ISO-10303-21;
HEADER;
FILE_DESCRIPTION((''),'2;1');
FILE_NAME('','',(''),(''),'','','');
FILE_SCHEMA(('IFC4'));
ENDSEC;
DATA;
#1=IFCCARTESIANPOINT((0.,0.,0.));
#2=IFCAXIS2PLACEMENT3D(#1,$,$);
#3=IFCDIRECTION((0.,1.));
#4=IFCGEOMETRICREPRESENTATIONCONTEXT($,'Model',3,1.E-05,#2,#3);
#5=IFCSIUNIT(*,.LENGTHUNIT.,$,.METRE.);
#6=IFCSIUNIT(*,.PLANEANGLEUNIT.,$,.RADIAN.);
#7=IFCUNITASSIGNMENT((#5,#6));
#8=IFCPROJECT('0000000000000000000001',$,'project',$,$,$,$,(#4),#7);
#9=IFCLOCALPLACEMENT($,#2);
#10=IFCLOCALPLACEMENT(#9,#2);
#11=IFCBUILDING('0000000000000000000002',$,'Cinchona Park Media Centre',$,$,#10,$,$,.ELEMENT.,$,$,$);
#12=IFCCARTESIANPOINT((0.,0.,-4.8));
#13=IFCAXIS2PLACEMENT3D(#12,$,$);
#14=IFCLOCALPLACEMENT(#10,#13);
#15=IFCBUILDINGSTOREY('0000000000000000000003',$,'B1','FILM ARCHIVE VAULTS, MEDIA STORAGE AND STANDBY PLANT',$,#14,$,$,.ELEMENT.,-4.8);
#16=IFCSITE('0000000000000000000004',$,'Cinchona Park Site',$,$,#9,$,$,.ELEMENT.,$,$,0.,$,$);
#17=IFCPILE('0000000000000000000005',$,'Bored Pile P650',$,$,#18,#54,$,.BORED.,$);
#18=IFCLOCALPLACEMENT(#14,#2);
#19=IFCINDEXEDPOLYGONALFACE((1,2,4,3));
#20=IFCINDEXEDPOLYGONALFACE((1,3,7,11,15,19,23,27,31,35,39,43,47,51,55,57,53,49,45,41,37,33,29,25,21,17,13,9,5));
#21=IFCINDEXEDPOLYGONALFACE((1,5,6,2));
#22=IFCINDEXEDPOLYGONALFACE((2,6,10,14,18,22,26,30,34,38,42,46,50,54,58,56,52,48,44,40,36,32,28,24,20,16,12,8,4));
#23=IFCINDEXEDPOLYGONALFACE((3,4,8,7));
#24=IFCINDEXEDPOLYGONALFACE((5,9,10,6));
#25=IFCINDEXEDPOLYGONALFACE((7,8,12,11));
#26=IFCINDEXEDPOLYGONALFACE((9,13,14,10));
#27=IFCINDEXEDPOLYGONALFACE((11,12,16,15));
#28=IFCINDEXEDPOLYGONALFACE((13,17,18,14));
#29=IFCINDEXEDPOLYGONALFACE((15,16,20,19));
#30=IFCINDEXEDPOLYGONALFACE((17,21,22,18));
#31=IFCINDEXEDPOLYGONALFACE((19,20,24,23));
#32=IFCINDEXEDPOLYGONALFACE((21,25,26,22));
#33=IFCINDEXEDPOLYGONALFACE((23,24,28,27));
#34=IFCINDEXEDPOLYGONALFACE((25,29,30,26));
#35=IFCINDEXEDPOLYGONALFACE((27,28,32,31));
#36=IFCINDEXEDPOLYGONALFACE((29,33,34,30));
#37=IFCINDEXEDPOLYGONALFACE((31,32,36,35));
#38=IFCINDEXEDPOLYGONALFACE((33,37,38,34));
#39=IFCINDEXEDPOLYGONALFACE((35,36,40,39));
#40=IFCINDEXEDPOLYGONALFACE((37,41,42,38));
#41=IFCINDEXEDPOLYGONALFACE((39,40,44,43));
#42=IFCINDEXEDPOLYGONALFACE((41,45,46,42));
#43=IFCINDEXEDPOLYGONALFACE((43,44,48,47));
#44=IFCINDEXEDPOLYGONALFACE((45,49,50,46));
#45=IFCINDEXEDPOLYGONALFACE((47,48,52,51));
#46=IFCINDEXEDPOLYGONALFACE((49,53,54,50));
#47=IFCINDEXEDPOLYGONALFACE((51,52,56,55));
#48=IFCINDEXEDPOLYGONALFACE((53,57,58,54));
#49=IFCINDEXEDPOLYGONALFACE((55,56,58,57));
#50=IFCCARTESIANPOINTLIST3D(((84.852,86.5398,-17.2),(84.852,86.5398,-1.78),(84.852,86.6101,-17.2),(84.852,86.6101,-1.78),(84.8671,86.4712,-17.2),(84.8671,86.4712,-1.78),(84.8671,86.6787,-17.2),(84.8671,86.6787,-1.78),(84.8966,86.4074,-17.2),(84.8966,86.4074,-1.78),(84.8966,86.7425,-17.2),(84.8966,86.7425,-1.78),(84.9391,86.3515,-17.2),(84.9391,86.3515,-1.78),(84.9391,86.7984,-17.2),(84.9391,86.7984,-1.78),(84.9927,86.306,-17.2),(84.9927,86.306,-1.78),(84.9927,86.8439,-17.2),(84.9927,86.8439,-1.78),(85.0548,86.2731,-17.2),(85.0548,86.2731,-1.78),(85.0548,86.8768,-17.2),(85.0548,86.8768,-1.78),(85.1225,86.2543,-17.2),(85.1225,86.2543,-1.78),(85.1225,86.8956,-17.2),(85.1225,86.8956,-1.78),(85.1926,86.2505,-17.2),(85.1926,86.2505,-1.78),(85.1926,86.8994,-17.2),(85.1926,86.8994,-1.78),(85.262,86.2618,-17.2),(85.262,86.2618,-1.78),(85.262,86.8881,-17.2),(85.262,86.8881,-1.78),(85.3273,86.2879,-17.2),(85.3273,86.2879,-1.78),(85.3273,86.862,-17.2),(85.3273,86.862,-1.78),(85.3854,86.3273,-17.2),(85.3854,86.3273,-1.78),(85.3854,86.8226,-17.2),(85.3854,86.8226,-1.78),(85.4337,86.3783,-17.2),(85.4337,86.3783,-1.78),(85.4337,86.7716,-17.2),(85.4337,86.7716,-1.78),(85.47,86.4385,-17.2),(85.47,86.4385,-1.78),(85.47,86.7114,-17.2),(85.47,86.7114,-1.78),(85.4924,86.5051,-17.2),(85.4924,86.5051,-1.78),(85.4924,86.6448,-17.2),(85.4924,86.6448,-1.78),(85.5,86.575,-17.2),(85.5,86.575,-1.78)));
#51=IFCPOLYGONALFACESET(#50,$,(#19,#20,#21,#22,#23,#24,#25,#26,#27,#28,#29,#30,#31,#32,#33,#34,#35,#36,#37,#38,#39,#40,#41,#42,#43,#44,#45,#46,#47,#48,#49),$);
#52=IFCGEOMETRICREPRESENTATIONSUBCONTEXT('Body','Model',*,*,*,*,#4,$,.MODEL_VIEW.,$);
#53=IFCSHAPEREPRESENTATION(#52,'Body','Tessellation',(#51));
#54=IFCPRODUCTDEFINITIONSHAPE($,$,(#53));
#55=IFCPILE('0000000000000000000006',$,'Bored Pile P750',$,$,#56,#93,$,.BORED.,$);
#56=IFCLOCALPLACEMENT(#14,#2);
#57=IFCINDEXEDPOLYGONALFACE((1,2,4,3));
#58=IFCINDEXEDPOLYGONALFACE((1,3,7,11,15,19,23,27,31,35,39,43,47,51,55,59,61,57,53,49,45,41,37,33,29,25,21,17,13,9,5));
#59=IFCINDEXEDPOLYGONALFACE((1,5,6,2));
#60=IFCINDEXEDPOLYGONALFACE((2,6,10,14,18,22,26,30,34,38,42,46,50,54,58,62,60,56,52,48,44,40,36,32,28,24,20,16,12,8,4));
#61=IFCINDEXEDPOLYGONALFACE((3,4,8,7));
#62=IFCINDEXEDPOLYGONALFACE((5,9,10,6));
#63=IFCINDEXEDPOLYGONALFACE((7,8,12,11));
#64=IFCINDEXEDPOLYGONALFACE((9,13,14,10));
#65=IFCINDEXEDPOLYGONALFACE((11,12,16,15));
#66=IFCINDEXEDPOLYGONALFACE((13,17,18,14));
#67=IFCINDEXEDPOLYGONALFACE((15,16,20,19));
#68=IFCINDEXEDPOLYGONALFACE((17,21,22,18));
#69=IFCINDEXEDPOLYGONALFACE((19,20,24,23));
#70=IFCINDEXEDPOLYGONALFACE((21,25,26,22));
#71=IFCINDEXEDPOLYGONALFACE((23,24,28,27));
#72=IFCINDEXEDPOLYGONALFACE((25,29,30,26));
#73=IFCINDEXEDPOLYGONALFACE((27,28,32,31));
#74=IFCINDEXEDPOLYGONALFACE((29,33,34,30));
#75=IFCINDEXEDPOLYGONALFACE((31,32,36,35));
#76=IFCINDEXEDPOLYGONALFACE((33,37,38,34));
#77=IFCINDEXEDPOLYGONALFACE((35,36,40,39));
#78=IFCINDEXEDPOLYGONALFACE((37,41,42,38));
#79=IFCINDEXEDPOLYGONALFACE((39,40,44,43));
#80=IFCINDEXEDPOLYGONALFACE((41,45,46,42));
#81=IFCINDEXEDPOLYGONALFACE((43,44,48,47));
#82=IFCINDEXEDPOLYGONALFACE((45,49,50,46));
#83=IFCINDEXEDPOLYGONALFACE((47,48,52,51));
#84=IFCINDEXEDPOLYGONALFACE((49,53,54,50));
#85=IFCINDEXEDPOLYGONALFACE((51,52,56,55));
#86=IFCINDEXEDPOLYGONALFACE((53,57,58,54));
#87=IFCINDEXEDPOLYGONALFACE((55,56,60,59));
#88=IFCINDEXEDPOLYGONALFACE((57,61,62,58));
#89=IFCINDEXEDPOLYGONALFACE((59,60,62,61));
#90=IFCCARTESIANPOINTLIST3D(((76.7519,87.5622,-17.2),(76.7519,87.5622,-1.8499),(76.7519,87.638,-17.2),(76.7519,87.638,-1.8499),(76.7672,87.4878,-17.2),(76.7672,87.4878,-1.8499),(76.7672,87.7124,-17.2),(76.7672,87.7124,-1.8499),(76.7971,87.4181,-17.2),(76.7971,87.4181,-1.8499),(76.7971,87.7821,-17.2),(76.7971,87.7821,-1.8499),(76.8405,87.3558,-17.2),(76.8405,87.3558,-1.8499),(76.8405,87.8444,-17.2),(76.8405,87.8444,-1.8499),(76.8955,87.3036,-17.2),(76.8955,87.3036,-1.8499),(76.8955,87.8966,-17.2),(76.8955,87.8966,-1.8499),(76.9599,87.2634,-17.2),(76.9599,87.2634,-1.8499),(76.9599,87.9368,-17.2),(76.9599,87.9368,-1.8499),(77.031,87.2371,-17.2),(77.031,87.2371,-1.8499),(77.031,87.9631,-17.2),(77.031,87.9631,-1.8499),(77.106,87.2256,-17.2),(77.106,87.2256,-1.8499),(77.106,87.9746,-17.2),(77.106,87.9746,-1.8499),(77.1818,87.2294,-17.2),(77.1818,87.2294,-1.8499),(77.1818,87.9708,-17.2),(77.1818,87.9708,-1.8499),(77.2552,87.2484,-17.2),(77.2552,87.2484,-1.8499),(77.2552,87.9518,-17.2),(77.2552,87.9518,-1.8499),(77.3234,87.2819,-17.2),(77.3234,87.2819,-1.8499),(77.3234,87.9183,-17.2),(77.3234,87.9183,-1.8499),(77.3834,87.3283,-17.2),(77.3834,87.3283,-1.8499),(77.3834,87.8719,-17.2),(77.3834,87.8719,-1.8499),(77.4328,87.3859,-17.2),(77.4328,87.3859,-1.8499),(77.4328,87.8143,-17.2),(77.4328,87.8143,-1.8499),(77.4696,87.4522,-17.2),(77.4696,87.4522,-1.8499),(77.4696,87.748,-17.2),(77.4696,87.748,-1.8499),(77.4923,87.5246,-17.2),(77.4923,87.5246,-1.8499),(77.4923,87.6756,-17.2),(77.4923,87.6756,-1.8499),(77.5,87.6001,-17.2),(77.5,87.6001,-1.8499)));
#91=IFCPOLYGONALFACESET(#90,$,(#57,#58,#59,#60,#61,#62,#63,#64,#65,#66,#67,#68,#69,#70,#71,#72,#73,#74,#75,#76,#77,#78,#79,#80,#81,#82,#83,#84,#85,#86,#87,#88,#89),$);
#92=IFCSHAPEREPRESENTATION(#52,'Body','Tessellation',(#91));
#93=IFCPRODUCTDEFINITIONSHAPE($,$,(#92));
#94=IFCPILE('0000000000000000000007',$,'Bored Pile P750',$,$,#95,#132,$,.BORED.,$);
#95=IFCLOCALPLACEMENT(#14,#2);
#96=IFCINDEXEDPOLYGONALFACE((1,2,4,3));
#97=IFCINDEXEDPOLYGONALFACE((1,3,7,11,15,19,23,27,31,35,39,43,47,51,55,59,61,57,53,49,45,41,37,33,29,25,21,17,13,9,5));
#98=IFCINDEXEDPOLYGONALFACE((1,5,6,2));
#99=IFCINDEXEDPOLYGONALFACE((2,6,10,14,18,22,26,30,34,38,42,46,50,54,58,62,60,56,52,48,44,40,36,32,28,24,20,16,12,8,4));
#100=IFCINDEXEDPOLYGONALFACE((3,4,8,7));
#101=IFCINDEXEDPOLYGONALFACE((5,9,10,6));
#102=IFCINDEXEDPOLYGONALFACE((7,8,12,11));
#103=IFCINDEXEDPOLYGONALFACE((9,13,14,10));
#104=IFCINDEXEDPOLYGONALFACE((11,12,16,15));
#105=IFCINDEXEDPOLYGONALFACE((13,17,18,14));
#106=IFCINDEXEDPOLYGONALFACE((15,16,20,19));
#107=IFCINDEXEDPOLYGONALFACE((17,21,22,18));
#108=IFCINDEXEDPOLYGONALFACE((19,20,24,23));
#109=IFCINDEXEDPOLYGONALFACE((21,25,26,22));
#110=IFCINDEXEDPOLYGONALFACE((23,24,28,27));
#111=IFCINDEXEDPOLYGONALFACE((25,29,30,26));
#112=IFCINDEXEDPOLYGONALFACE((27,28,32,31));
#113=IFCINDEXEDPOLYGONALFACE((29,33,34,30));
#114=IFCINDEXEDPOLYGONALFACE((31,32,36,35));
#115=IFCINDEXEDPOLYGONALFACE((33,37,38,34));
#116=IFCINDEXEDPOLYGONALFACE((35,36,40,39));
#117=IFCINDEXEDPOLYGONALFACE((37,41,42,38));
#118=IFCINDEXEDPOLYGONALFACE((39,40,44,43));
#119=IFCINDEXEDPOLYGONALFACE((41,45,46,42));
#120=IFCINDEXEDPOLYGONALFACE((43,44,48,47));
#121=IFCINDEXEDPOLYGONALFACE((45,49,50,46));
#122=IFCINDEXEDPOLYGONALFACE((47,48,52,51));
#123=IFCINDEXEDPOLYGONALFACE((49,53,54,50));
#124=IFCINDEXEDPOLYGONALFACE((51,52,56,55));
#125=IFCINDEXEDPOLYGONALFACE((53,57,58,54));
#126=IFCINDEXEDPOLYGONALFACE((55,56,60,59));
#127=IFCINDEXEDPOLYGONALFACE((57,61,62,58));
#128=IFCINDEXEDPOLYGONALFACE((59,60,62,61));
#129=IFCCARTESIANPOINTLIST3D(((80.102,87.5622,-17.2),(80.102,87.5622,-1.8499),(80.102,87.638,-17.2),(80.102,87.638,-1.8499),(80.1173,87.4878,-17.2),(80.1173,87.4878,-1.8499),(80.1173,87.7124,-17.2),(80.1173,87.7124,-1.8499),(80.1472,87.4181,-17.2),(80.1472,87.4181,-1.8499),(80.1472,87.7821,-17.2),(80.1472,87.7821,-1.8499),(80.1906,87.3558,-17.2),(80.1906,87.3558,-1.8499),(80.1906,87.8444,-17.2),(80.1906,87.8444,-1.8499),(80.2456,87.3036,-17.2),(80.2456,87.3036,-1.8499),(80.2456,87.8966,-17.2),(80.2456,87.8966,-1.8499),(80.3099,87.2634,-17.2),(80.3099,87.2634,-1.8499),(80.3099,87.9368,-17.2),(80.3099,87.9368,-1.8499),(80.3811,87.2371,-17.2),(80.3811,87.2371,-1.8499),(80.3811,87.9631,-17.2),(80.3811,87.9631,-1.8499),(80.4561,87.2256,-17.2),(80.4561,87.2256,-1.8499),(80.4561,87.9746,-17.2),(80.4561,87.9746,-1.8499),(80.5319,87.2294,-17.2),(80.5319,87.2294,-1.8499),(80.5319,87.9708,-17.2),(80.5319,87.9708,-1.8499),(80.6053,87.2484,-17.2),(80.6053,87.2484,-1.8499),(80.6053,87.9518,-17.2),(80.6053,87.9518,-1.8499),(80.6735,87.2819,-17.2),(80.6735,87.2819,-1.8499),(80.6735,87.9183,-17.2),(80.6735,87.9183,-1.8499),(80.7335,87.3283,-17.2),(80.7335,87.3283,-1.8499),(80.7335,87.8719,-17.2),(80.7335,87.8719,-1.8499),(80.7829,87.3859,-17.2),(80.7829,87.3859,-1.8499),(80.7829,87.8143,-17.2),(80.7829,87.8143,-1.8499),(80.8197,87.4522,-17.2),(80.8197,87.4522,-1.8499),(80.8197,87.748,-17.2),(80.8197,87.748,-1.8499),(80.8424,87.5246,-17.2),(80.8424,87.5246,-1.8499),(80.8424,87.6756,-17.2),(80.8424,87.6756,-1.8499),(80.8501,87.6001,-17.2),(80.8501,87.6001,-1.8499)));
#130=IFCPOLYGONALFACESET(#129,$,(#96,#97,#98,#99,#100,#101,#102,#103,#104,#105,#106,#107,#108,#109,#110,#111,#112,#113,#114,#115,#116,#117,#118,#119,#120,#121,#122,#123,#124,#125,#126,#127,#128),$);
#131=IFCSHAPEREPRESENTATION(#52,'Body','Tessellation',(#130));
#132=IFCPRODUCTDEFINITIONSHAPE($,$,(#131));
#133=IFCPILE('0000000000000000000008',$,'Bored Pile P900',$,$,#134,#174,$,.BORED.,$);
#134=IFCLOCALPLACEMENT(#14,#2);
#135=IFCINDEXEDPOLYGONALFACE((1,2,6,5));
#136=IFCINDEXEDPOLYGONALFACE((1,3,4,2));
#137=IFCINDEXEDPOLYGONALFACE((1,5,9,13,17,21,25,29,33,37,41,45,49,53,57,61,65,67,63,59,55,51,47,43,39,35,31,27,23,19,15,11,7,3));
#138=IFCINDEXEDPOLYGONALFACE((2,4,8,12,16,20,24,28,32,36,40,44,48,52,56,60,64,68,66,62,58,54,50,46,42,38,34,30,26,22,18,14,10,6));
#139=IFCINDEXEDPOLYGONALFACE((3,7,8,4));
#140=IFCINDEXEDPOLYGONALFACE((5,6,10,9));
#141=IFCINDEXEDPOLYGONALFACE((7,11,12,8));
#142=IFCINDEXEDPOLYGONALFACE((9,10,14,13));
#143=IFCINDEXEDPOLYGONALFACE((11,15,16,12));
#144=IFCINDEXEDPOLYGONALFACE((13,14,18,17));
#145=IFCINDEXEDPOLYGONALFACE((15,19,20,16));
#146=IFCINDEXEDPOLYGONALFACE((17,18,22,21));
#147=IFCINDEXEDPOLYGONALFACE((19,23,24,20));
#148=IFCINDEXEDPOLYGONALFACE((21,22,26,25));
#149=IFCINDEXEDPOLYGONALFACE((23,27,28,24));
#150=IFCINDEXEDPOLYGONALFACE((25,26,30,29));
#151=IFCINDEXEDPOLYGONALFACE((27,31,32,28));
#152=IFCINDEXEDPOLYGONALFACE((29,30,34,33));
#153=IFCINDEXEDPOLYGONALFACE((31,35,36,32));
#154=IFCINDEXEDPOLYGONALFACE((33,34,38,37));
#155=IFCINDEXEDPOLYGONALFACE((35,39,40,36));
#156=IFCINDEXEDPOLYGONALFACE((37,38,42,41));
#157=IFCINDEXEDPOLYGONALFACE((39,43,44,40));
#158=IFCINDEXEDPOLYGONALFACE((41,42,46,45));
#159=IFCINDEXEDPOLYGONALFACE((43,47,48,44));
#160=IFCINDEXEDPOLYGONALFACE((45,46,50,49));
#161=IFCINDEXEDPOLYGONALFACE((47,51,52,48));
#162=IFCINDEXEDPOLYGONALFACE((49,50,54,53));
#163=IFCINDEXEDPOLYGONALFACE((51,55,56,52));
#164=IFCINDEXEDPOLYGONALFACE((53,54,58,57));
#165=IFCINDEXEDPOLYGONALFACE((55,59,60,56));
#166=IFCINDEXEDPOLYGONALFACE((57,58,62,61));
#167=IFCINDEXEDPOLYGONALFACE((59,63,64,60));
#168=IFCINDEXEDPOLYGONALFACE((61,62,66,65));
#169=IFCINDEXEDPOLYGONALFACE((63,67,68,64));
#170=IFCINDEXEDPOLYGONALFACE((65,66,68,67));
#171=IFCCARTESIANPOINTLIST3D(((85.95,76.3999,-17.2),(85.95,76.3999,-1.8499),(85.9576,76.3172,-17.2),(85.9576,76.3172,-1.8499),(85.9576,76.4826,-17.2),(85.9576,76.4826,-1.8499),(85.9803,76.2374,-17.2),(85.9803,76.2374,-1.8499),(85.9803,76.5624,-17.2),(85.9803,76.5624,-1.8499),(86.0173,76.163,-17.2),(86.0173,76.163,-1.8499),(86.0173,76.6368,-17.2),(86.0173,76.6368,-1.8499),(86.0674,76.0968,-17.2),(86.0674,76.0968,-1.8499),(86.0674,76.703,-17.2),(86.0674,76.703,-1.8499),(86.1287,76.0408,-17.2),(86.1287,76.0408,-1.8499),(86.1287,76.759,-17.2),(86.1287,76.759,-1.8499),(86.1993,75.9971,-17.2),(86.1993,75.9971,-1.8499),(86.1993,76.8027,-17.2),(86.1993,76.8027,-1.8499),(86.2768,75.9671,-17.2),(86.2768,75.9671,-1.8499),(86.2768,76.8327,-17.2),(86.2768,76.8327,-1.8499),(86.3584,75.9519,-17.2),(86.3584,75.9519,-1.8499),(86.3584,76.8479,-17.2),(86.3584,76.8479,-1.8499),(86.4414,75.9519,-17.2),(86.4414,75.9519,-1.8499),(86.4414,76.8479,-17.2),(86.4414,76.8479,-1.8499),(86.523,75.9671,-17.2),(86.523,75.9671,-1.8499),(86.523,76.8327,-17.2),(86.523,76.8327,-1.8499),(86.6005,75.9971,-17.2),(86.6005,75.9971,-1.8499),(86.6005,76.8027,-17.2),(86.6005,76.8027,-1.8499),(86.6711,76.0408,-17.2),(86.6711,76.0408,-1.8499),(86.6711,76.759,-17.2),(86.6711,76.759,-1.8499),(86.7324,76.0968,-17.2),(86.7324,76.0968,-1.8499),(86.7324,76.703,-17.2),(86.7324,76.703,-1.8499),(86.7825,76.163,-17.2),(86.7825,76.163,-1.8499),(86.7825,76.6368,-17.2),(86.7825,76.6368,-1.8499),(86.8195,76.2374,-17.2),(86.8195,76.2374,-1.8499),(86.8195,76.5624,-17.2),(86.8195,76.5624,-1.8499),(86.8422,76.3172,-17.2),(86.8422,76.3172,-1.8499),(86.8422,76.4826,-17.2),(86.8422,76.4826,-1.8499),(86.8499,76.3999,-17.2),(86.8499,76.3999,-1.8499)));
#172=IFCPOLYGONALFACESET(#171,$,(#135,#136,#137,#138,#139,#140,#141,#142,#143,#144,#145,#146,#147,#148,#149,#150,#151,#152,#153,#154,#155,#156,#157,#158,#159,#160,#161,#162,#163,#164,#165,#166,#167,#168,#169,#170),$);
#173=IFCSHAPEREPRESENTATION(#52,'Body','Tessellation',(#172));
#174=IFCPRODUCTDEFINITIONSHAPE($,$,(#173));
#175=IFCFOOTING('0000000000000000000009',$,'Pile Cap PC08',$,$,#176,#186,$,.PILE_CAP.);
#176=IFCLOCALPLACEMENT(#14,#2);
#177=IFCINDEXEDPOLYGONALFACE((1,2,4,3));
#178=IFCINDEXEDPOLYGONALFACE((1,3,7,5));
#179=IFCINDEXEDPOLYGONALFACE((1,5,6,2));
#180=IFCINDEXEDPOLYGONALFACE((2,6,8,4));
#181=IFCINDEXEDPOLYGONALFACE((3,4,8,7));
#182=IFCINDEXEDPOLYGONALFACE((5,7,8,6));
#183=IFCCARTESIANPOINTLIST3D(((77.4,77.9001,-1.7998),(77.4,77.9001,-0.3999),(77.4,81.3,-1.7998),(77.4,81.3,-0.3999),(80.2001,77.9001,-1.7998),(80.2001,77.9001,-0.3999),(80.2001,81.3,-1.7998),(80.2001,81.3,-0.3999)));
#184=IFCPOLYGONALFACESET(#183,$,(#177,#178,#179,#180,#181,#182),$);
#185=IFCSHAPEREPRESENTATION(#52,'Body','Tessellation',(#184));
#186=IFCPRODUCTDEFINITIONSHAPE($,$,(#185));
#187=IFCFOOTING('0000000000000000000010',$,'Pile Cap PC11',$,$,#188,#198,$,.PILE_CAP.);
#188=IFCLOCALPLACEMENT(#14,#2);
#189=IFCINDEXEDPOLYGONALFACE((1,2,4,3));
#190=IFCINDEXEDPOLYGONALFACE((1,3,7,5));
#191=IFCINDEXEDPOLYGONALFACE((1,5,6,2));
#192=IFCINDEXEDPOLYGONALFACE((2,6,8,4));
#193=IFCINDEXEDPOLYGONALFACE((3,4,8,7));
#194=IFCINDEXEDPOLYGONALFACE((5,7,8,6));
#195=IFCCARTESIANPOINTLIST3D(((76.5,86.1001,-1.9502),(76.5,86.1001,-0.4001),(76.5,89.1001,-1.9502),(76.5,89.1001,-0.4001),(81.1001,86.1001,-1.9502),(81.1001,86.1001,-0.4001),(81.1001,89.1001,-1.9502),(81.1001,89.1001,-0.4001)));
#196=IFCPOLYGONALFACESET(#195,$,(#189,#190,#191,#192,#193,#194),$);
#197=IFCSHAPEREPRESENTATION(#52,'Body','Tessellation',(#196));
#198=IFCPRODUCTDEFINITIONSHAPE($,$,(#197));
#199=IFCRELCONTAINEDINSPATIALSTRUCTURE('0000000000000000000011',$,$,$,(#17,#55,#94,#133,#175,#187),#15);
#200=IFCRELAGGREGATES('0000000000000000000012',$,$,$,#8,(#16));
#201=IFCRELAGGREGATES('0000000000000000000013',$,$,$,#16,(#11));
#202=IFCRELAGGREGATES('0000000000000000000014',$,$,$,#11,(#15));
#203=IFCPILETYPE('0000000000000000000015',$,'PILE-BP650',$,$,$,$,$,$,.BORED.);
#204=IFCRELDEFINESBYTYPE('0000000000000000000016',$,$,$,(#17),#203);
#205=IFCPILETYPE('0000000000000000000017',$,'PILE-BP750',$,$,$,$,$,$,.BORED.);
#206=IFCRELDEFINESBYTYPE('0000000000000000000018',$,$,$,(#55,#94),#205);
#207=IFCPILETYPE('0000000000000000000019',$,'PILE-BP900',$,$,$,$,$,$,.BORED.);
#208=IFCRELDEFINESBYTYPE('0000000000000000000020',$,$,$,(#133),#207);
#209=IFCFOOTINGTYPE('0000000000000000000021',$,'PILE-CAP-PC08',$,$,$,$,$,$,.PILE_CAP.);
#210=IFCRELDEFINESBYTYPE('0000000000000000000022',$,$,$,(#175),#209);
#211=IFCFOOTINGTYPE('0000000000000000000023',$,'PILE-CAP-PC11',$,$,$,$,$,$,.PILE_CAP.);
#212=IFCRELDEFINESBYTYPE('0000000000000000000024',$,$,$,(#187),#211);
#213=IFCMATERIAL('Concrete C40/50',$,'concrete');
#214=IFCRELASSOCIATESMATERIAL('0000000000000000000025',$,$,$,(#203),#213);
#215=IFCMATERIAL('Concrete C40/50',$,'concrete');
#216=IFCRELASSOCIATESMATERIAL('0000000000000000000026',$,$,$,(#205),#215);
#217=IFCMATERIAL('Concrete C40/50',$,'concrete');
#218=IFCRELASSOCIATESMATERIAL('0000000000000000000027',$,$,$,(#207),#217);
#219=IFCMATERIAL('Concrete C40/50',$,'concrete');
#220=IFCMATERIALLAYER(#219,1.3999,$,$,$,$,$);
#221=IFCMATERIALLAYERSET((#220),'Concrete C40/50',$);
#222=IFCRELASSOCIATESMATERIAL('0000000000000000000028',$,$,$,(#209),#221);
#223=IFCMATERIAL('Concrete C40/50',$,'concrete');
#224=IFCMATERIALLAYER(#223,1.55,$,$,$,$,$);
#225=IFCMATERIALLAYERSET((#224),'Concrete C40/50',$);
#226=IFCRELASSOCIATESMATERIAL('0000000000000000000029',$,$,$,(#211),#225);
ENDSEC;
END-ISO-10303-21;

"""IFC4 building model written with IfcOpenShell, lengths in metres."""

from ifc_helpers import new_model, si_unit, direction, frame, origin, origin_2d, place, context, subcontext, project, spatial, rectangle, circle, extrude, material, layer, layer_set, material_profile, profile_set, type_object, element, save


model = new_model("IFC4")

# Units and contexts
model_context = context("Model", 3, precision=1e-05, world=origin(), true_north=direction((0.0, 1.0)))
body_context = subcontext(model_context, "Body", "Model", "MODEL_VIEW")
ifc_project = project(units=[si_unit("LENGTHUNIT", "METRE"), si_unit("PLANEANGLEUNIT", "RADIAN")], contexts=[model_context])

# Site, building, storey
site_placement = place(None, origin())
site = spatial("IfcSite", under=ifc_project, at=site_placement, Name="Cinchona Park Site", CompositionType="ELEMENT", RefElevation=0.0)
building_placement = place(site_placement, origin())
building = spatial("IfcBuilding", under=site, at=building_placement, Name="Cinchona Park Media Centre", CompositionType="ELEMENT")
storey_placement = place(building_placement, frame((0.0, 0.0, -4.8)))
storey = spatial("IfcBuildingStorey", under=building, at=storey_placement, Name="B1", Description="FILM ARCHIVE VAULTS, MEDIA STORAGE AND STANDBY PLANT", CompositionType="ELEMENT", Elevation=-4.8)

# Piles
ifc_material_1 = material(Name="Concrete C40/50", Category="concrete")
ifc_material_profile_1 = material_profile(ifc_material_1, circle(Radius=0.325, at=origin_2d()), Name="BORED PILE 650")
ifc_profile_set_1 = profile_set([ifc_material_profile_1], Name="Concrete C40/50")
pile_type_1 = type_object("IfcPileType", Name="PILE-BP650", PredefinedType="BORED", material=ifc_profile_set_1)
pile_1_placement = place(storey_placement, frame((85.175, 86.575, -1.78), z_axis=(0.0, 0.0, -1.0), x_axis=(1.0, 0.0, 0.0)))
element("IfcPile", 1, at=pile_1_placement, inside=storey, type_object=pile_type_1, Name="Bored Pile P650", PredefinedType="BORED", context=body_context, shape_type="SweptSolid", body=[
    extrude(circle(Radius=0.325, at=origin_2d()), origin(), (0.0, 0.0, 1.0), 15.4199),
])
ifc_material_2 = material(Name="Concrete C40/50", Category="concrete")
ifc_material_profile_2 = material_profile(ifc_material_2, circle(Radius=0.375, at=origin_2d()), Name="BORED PILE 750")
ifc_profile_set_2 = profile_set([ifc_material_profile_2], Name="Concrete C40/50")
pile_type_2 = type_object("IfcPileType", Name="PILE-BP750", PredefinedType="BORED", material=ifc_profile_set_2)
for number, where, z_axis, x_axis, name in (
    (2, (77.125, 87.6001, -1.8499), (0.0, 0.0, -1.0), (1.0, 0.0, 0.0), "Bored Pile P750"),
    (3, (80.4751, 87.6001, -1.8499), (0.0, 0.0, -1.0), (1.0, 0.0, 0.0), "Bored Pile P750"),
):
    element("IfcPile", number, at=place(storey_placement, frame(where, z_axis=z_axis, x_axis=x_axis)), inside=storey, type_object=pile_type_2, Name=name, PredefinedType="BORED", context=body_context, shape_type="SweptSolid", body=[
        extrude(circle(Radius=0.375, at=origin_2d()), origin(), (0.0, 0.0, 1.0), 15.3501),
    ])
ifc_material_3 = material(Name="Concrete C40/50", Category="concrete")
ifc_material_profile_3 = material_profile(ifc_material_3, circle(Radius=0.45, at=origin_2d()), Name="BORED PILE 900")
ifc_profile_set_3 = profile_set([ifc_material_profile_3], Name="Concrete C40/50")
pile_type_3 = type_object("IfcPileType", Name="PILE-BP900", PredefinedType="BORED", material=ifc_profile_set_3)
pile_2_placement = place(storey_placement, frame((86.3999, 76.3999, -1.8499), z_axis=(0.0, 0.0, -1.0), x_axis=(1.0, 0.0, 0.0)))
element("IfcPile", 4, at=pile_2_placement, inside=storey, type_object=pile_type_3, Name="Bored Pile P900", PredefinedType="BORED", context=body_context, shape_type="SweptSolid", body=[
    extrude(circle(Radius=0.45, at=origin_2d()), origin(), (0.0, 0.0, 1.0), 15.3501),
])

# Footings
ifc_material_4 = material(Name="Concrete C40/50", Category="concrete")
ifc_layer_1 = layer(ifc_material_4, 1.3999)
ifc_layer_set_1 = layer_set([ifc_layer_1], Name="Concrete C40/50")
footing_type_1 = type_object("IfcFootingType", Name="PILE-CAP-PC08", PredefinedType="PILE_CAP", material=ifc_layer_set_1)
footing_1_placement = place(storey_placement, frame((78.8, 79.6001, -1.7998), z_axis=(0.0, 0.0, 1.0), x_axis=(1.0, 0.0, 0.0)))
element("IfcFooting", 5, at=footing_1_placement, inside=storey, type_object=footing_type_1, Name="Pile Cap PC08", PredefinedType="PILE_CAP", context=body_context, shape_type="SweptSolid", body=[
    extrude(rectangle(XDim=2.8, YDim=3.3999, at=origin_2d()), origin(), (0.0, 0.0, 1.0), 1.3999),
])
ifc_material_5 = material(Name="Concrete C40/50", Category="concrete")
ifc_layer_2 = layer(ifc_material_5, 1.55)
ifc_layer_set_2 = layer_set([ifc_layer_2], Name="Concrete C40/50")
footing_type_2 = type_object("IfcFootingType", Name="PILE-CAP-PC11", PredefinedType="PILE_CAP", material=ifc_layer_set_2)
footing_2_placement = place(storey_placement, frame((78.8, 87.6001, -1.9502), z_axis=(0.0, 0.0, 1.0), x_axis=(1.0, 0.0, 0.0)))
element("IfcFooting", 6, at=footing_2_placement, inside=storey, type_object=footing_type_2, Name="Pile Cap PC11", PredefinedType="PILE_CAP", context=body_context, shape_type="SweptSolid", body=[
    extrude(rectangle(XDim=4.6001, YDim=3.0, at=origin_2d()), origin(), (0.0, 0.0, 1.0), 1.55),
])

save(model, "model.ifc")
